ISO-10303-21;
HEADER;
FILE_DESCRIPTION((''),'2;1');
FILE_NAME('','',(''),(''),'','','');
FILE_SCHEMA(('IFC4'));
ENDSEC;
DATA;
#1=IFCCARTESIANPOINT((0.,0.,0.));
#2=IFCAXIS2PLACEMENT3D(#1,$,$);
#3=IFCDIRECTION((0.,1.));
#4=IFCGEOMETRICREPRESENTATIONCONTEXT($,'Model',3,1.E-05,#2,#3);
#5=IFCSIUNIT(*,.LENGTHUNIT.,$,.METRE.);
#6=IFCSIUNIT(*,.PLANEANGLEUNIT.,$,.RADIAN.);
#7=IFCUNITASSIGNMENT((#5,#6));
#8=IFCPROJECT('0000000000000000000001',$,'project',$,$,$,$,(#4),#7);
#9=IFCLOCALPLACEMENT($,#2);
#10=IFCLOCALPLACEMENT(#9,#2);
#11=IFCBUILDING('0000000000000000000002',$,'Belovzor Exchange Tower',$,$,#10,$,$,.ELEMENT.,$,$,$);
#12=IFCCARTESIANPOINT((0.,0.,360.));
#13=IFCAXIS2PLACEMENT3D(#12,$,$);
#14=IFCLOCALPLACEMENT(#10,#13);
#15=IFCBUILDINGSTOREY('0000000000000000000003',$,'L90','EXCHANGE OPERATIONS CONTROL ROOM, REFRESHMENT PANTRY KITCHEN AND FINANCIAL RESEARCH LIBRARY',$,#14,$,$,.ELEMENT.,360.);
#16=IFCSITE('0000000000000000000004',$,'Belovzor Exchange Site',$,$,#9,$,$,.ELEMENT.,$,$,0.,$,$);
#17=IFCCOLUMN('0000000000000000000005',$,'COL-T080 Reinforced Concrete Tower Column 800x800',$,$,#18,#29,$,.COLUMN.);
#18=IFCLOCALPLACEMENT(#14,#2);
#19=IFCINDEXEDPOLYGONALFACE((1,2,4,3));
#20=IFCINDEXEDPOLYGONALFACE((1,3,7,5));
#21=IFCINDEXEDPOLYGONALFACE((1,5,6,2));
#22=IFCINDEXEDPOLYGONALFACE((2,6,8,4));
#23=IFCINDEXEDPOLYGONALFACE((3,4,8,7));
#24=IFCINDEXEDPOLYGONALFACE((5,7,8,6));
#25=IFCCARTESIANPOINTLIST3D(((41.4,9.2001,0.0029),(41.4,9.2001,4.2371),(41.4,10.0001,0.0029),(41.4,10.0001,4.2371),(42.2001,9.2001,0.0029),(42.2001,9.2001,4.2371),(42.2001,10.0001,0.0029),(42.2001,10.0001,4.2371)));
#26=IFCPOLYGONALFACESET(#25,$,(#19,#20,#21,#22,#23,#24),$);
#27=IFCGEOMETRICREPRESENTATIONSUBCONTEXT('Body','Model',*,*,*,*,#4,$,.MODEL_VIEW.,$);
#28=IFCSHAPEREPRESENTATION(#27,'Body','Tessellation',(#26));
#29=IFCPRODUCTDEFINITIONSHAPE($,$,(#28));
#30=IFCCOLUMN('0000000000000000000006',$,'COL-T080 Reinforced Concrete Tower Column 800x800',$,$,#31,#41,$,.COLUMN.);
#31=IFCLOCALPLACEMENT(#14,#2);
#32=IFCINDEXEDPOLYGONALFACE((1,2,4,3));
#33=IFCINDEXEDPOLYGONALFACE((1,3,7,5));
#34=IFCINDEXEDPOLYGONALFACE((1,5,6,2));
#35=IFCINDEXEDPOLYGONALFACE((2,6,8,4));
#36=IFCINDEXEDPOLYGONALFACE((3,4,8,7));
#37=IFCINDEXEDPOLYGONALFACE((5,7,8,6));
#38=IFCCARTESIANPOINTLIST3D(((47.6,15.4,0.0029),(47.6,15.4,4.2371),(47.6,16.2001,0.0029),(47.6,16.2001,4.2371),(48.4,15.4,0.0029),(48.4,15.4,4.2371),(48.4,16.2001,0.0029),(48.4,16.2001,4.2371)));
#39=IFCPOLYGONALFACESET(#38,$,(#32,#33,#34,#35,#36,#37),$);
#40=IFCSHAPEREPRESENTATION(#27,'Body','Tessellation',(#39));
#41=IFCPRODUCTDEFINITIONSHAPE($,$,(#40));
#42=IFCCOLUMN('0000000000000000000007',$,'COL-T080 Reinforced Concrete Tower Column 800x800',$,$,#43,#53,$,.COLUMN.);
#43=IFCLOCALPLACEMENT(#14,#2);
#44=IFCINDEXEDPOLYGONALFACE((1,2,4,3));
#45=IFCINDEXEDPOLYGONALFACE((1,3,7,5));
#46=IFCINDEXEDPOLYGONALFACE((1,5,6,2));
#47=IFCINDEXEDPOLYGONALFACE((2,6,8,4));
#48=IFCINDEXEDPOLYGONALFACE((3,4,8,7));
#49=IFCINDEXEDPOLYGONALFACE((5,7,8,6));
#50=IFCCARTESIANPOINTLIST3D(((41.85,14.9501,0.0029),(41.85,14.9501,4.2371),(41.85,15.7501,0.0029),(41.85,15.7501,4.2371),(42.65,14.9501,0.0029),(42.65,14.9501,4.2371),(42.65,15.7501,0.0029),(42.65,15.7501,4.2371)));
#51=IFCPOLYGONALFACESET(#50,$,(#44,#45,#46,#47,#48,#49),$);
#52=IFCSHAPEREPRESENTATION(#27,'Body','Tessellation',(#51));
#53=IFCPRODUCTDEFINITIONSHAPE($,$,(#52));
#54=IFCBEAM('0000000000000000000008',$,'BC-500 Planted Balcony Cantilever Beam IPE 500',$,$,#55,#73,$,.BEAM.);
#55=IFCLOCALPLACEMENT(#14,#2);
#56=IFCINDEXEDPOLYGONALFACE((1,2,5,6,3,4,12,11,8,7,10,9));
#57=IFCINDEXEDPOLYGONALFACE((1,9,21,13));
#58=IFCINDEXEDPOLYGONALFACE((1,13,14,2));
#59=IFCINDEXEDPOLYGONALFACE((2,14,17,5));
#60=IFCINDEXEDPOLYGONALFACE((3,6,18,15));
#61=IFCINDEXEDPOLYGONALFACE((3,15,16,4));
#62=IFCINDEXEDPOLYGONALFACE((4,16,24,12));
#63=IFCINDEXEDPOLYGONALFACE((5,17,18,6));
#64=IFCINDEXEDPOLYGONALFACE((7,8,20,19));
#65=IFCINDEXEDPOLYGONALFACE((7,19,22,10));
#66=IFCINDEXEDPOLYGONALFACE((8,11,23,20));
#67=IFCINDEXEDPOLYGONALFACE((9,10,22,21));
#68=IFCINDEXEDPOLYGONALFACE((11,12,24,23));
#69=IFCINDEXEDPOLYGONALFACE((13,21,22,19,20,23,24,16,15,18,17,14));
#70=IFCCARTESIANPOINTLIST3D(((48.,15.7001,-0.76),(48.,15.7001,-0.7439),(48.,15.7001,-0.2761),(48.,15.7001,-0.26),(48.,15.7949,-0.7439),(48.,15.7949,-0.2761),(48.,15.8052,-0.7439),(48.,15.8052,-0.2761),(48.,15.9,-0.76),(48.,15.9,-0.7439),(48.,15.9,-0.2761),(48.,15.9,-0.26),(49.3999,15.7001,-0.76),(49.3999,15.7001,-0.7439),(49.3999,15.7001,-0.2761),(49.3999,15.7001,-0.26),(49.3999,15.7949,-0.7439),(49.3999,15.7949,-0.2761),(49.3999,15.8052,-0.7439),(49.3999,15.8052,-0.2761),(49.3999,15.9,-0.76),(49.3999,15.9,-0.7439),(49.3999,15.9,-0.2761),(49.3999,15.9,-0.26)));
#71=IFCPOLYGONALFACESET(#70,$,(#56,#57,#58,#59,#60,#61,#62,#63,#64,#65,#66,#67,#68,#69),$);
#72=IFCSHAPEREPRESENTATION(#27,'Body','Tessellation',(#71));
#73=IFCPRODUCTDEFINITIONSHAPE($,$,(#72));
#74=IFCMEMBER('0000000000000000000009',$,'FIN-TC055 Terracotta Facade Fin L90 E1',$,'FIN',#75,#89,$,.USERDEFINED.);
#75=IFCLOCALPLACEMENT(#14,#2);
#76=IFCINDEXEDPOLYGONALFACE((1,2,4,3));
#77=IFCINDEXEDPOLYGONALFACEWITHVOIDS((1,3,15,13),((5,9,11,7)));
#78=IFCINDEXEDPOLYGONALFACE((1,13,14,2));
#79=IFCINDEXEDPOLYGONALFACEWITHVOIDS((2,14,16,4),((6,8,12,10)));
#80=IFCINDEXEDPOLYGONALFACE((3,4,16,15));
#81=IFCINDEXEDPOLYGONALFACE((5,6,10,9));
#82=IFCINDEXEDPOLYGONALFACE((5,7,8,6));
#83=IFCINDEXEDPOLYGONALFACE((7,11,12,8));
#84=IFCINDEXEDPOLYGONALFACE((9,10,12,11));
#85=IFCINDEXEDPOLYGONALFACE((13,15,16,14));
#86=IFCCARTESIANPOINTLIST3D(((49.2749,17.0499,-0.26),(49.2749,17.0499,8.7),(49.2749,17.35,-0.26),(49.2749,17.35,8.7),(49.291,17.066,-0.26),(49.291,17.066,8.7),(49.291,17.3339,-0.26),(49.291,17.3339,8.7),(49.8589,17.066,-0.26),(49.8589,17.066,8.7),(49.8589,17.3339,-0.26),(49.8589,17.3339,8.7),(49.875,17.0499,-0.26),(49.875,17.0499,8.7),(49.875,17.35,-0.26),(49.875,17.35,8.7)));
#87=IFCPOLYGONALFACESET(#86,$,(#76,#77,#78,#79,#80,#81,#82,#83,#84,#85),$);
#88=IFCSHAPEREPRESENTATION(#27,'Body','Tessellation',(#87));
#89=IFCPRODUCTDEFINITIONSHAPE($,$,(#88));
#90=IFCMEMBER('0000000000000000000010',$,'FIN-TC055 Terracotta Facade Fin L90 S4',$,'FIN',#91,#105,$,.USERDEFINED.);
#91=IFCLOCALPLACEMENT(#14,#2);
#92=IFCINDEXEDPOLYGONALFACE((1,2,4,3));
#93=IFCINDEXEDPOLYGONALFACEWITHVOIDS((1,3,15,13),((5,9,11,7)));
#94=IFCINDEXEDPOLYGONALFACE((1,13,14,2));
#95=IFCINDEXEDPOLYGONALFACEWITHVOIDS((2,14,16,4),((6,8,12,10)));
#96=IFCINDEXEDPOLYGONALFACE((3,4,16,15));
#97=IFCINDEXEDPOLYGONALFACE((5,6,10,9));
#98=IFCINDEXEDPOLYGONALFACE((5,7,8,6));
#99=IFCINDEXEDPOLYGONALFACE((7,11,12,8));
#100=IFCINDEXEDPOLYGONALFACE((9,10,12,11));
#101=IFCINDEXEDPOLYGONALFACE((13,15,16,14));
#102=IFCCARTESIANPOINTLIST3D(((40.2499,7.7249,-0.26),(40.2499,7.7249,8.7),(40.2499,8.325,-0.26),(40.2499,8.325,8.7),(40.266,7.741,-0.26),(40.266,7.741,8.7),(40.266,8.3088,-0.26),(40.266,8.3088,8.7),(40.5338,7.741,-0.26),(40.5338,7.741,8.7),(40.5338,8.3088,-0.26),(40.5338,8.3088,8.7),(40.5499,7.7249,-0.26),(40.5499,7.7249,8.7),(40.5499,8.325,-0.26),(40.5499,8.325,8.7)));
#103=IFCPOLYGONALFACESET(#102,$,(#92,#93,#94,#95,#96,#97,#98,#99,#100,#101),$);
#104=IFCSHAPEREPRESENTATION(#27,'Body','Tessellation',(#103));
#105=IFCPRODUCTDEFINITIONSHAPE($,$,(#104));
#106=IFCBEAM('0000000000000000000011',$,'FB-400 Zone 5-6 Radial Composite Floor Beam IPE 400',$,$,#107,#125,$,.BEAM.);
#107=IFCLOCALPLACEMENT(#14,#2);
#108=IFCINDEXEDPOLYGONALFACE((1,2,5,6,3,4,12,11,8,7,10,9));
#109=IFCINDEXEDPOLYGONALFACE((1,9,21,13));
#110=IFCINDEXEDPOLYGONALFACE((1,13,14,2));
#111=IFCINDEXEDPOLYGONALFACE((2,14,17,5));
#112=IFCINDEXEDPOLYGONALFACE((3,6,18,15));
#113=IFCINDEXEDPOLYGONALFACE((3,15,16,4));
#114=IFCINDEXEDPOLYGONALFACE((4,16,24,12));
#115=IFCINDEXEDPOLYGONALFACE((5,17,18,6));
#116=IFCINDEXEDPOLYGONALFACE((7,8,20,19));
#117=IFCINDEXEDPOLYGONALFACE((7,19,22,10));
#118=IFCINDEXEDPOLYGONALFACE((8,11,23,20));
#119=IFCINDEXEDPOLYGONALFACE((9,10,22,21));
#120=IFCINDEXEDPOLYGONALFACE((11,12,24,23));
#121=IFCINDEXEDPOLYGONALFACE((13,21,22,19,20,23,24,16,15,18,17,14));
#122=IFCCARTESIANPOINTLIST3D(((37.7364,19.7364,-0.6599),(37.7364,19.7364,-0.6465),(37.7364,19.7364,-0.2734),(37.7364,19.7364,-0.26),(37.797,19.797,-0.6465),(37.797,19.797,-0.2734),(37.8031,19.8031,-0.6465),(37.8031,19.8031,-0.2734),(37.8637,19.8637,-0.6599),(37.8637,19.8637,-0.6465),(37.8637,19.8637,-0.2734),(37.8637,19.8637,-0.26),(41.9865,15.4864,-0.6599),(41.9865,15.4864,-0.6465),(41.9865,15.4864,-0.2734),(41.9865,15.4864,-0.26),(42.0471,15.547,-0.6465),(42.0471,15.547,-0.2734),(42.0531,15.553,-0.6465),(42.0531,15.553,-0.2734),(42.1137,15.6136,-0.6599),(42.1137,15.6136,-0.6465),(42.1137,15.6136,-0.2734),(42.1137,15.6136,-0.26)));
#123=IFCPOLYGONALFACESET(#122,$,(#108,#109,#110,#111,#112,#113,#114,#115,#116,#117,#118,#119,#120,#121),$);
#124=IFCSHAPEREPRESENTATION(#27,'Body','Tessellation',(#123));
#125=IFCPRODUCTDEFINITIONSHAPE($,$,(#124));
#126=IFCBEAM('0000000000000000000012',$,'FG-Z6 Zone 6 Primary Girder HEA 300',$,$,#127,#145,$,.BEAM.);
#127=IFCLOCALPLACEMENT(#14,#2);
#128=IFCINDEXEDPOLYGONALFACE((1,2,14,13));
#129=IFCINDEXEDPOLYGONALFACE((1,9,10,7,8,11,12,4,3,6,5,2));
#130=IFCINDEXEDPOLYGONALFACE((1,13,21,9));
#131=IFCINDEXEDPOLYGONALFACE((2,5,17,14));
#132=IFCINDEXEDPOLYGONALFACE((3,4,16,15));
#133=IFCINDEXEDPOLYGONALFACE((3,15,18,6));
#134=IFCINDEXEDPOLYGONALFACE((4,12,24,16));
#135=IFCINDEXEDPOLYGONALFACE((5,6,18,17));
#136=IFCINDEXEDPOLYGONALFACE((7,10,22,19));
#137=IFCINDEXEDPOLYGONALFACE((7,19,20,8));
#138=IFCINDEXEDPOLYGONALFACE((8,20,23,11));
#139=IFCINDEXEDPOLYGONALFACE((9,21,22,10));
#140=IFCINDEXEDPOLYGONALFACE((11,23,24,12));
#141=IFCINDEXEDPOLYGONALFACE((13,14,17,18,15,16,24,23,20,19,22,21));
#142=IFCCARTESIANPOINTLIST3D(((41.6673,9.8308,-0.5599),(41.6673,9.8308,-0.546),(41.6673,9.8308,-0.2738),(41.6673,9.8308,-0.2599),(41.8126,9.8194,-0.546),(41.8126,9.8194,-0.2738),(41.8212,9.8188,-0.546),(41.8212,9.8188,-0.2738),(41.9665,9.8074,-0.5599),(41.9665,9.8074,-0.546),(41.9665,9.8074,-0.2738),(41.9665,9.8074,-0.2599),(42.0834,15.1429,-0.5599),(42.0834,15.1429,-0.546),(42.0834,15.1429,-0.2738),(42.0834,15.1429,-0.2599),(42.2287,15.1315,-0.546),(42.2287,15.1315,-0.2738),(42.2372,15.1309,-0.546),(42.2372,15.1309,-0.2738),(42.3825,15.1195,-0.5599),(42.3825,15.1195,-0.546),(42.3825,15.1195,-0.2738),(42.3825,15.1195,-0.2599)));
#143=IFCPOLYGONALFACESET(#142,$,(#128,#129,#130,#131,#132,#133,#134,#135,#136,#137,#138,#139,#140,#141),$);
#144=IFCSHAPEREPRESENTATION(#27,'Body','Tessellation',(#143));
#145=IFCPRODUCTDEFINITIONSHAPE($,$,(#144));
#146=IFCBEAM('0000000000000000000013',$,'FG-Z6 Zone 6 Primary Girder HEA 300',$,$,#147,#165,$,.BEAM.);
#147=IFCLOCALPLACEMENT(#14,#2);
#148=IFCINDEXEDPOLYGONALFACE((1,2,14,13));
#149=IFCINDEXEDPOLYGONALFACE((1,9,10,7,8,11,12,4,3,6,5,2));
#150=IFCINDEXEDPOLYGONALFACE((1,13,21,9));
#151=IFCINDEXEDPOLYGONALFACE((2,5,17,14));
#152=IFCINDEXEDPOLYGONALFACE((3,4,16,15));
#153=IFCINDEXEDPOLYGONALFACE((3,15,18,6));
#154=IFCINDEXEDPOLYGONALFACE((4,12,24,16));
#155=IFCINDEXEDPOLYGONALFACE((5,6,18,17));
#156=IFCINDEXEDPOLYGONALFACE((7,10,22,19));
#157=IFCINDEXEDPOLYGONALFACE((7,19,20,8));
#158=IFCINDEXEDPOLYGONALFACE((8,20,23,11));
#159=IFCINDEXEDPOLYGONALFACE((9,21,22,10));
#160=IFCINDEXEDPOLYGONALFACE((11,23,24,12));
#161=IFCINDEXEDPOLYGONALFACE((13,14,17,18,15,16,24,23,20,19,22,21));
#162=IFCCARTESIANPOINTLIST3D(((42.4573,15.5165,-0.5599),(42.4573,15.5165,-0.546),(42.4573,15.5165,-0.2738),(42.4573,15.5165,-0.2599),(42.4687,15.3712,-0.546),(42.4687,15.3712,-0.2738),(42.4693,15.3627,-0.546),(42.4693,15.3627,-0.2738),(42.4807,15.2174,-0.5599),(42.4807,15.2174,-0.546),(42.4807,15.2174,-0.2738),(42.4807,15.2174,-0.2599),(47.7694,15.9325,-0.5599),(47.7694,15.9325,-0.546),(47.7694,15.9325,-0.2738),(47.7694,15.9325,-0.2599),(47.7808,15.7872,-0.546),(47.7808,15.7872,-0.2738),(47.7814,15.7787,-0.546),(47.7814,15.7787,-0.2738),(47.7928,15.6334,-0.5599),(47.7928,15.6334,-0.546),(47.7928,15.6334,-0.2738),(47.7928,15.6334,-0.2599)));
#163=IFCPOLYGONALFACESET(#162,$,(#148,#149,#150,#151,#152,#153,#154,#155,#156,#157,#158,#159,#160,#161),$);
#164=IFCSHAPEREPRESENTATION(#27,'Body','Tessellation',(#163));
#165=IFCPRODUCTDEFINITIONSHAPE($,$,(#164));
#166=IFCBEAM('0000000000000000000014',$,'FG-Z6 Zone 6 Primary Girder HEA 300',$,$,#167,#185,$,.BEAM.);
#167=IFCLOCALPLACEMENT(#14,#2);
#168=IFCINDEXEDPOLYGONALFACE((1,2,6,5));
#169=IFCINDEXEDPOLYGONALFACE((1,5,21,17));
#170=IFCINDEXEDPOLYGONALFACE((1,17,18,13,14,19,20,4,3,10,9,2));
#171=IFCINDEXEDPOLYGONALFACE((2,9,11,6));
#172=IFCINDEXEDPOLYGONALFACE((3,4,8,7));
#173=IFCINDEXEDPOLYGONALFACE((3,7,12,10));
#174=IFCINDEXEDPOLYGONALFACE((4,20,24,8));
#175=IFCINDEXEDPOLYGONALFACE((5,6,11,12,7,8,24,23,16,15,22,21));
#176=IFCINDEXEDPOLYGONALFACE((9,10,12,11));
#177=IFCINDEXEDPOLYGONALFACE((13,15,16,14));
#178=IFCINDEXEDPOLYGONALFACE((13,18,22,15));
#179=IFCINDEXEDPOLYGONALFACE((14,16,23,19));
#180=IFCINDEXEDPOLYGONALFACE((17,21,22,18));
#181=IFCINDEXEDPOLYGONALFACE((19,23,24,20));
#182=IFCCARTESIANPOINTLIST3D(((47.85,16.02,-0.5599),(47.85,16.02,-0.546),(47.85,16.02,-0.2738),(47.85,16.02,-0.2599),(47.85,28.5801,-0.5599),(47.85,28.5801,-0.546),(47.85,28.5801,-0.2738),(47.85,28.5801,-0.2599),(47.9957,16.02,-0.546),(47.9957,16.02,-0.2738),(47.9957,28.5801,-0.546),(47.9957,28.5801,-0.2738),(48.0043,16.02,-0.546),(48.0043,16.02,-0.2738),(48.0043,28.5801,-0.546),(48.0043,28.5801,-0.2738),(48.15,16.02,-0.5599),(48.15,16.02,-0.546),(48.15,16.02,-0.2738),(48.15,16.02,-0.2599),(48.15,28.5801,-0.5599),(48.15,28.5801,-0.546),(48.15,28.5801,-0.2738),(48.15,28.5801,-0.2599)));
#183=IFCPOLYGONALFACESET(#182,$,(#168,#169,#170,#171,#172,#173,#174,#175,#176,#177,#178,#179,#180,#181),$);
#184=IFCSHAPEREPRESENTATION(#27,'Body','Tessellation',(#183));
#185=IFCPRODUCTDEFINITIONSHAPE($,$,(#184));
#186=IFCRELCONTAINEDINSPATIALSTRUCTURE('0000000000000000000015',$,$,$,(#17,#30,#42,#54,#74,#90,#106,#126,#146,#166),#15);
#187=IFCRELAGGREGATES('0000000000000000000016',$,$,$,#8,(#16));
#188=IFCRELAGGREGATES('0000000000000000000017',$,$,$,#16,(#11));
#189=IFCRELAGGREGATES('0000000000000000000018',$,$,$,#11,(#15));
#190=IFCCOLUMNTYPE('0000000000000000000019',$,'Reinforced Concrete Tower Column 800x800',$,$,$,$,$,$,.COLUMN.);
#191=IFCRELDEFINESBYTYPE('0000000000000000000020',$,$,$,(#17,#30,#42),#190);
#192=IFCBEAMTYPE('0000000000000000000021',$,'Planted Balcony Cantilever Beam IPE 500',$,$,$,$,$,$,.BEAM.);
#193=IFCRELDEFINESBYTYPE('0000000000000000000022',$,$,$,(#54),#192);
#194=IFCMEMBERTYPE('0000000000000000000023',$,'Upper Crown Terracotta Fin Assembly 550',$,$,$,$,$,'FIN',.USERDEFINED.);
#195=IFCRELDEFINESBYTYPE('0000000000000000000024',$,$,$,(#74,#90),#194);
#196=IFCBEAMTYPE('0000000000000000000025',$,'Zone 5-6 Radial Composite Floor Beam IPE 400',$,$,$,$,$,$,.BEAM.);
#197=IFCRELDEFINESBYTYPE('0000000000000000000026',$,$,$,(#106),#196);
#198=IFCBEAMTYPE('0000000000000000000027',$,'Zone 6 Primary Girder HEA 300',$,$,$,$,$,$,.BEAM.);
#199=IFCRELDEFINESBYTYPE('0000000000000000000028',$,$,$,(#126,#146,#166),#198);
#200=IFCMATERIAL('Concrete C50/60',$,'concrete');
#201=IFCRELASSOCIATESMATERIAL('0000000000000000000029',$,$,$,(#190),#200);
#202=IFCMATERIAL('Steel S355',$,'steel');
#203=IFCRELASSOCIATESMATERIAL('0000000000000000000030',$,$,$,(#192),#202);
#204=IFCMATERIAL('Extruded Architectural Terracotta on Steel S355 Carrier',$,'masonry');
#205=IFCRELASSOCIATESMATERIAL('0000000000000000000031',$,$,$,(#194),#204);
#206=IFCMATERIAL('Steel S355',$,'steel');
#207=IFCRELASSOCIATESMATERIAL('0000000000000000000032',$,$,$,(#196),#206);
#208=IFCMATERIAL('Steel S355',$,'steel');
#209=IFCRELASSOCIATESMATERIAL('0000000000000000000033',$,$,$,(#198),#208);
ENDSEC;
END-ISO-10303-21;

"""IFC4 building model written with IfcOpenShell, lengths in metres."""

from ifc_helpers import new_model, si_unit, direction, frame, origin, origin_2d, place, context, subcontext, project, spatial, rectangle, hollow_rectangle, i_section, extrude, material, material_profile, profile_set, type_object, element, save


model = new_model("IFC4")

# Units and contexts
model_context = context("Model", 3, precision=1e-05, world=origin(), true_north=direction((0.0, 1.0)))
body_context = subcontext(model_context, "Body", "Model", "MODEL_VIEW")
ifc_project = project(units=[si_unit("LENGTHUNIT", "METRE"), si_unit("PLANEANGLEUNIT", "RADIAN")], contexts=[model_context])

# Site, building, storey
site_placement = place(None, origin())
site = spatial("IfcSite", under=ifc_project, at=site_placement, Name="Belovzor Exchange Site", CompositionType="ELEMENT", RefElevation=0.0)
building_placement = place(site_placement, origin())
building = spatial("IfcBuilding", under=site, at=building_placement, Name="Belovzor Exchange Tower", CompositionType="ELEMENT")
storey_placement = place(building_placement, frame((0.0, 0.0, 360.0)))
storey = spatial("IfcBuildingStorey", under=building, at=storey_placement, Name="L90", Description="EXCHANGE OPERATIONS CONTROL ROOM, REFRESHMENT PANTRY KITCHEN AND FINANCIAL RESEARCH LIBRARY", CompositionType="ELEMENT", Elevation=360.0)

# Columns
ifc_material_1 = material(Name="Concrete C50/60", Category="concrete")
ifc_material_profile_1 = material_profile(ifc_material_1, rectangle(XDim=0.8, YDim=0.8, at=origin_2d()))
ifc_profile_set_1 = profile_set([ifc_material_profile_1], Name="Concrete C50/60")
column_type = type_object("IfcColumnType", Name="Reinforced Concrete Tower Column 800x800", PredefinedType="COLUMN", material=ifc_profile_set_1)
for number, where, z_axis, x_axis, name in (
    (1, (41.8, 9.6001, 0.0029), (0.0, 0.0, 1.0), (1.0, 0.0, 0.0), "COL-T080 Reinforced Concrete Tower Column 800x800"),
    (2, (48.0, 15.8, 0.0029), (0.0, 0.0, 1.0), (1.0, 0.0, 0.0), "COL-T080 Reinforced Concrete Tower Column 800x800"),
    (3, (42.25, 15.3501, 0.0029), (0.0, 0.0, 1.0), (1.0, 0.0, 0.0), "COL-T080 Reinforced Concrete Tower Column 800x800"),
):
    element("IfcColumn", number, at=place(storey_placement, frame(where, z_axis=z_axis, x_axis=x_axis)), inside=storey, type_object=column_type, Name=name, PredefinedType="COLUMN", context=body_context, shape_type="SweptSolid", body=[
        extrude(rectangle(XDim=0.8, YDim=0.8, at=origin_2d()), origin(), (0.0, 0.0, 1.0), 4.2341),
    ])

# Beam
ifc_material_2 = material(Name="Steel S355", Category="steel")
ifc_material_profile_2 = material_profile(ifc_material_2, i_section(OverallWidth=0.2, OverallDepth=0.5, WebThickness=0.0103, FlangeThickness=0.0161, at=origin_2d()))
ifc_profile_set_2 = profile_set([ifc_material_profile_2], Name="Steel S355")
beam_type_1 = type_object("IfcBeamType", Name="Planted Balcony Cantilever Beam IPE 500", PredefinedType="BEAM", material=ifc_profile_set_2)
beam_1_placement = place(storey_placement, frame((48.0, 15.8, -0.51), z_axis=(1.0, 0.0, 0.0), x_axis=(0.0, 1.0, 0.0)))
element("IfcBeam", 4, at=beam_1_placement, inside=storey, type_object=beam_type_1, Name="BC-500 Planted Balcony Cantilever Beam IPE 500", PredefinedType="BEAM", context=body_context, shape_type="SweptSolid", body=[
    extrude(i_section(OverallWidth=0.2, OverallDepth=0.5, WebThickness=0.0103, FlangeThickness=0.0161, at=origin_2d()), origin(), (0.0, 0.0, 1.0), 1.3999),
])

# Members
ifc_material_3 = material(Name="Extruded Architectural Terracotta on Steel S355 Carrier", Category="masonry")
ifc_material_profile_3 = material_profile(ifc_material_3, hollow_rectangle(XDim=0.3, YDim=0.6001, WallThickness=0.0161, at=origin_2d()))
ifc_profile_set_3 = profile_set([ifc_material_profile_3], Name="Extruded Architectural Terracotta on Steel S355 Carrier")
member_type = type_object("IfcMemberType", Name="Upper Crown Terracotta Fin Assembly 550", ElementType="FIN", PredefinedType="USERDEFINED", material=ifc_profile_set_3)
for number, where, z_axis, x_axis, name in (
    (5, (49.575, 17.2, -0.26), (0.0, 0.0, 1.0), (0.0, 1.0, 0.0), "FIN-TC055 Terracotta Facade Fin L90 E1"),
    (6, (40.3999, 8.0249, -0.26), (0.0, 0.0, 1.0), (1.0, 0.0, 0.0), "FIN-TC055 Terracotta Facade Fin L90 S4"),
):
    element("IfcMember", number, at=place(storey_placement, frame(where, z_axis=z_axis, x_axis=x_axis)), inside=storey, type_object=member_type, Name=name, ObjectType="FIN", PredefinedType="USERDEFINED", context=body_context, shape_type="SweptSolid", body=[
        extrude(hollow_rectangle(XDim=0.3, YDim=0.6001, WallThickness=0.0161, at=origin_2d()), origin(), (0.0, 0.0, 1.0), 8.96),
    ])

# Beams
ifc_material_4 = material(Name="Steel S355", Category="steel")
ifc_material_profile_4 = material_profile(ifc_material_4, i_section(OverallWidth=0.1799, OverallDepth=0.3999, WebThickness=0.0085, FlangeThickness=0.0134, at=origin_2d()))
ifc_profile_set_4 = profile_set([ifc_material_profile_4], Name="Steel S355")
beam_type_2 = type_object("IfcBeamType", Name="Zone 5-6 Radial Composite Floor Beam IPE 400", PredefinedType="BEAM", material=ifc_profile_set_4)
beam_2_placement = place(storey_placement, frame((37.8, 19.8, -0.46), z_axis=(0.707107, -0.707107, 0.0), x_axis=(0.707107, 0.707107, 0.0)))
element("IfcBeam", 7, at=beam_2_placement, inside=storey, type_object=beam_type_2, Name="FB-400 Zone 5-6 Radial Composite Floor Beam IPE 400", PredefinedType="BEAM", context=body_context, shape_type="SweptSolid", body=[
    extrude(i_section(OverallWidth=0.1799, OverallDepth=0.3999, WebThickness=0.0085, FlangeThickness=0.0134, at=origin_2d()), origin(), (0.0, 0.0, 1.0), 6.0105),
])
ifc_material_5 = material(Name="Steel S355", Category="steel")
ifc_material_profile_5 = material_profile(ifc_material_5, i_section(OverallWidth=0.3, OverallDepth=0.3, WebThickness=0.0085, FlangeThickness=0.0139, at=origin_2d()))
ifc_profile_set_5 = profile_set([ifc_material_profile_5], Name="Steel S355")
beam_type_3 = type_object("IfcBeamType", Name="Zone 6 Primary Girder HEA 300", PredefinedType="BEAM", material=ifc_profile_set_5)
for number, where, z_axis, x_axis, name in (
    (8, (41.8169, 9.8191, -0.4099), (0.078077, 0.996947, 0.0), (-0.996947, 0.078077, 0.0), "FG-Z6 Zone 6 Primary Girder HEA 300"),
    (9, (42.469, 15.3669, -0.4099), (0.996947, 0.078077, 0.0), (-0.078077, 0.996947, 0.0), "FG-Z6 Zone 6 Primary Girder HEA 300"),
):
    element("IfcBeam", number, at=place(storey_placement, frame(where, z_axis=z_axis, x_axis=x_axis)), inside=storey, type_object=beam_type_3, Name=name, PredefinedType="BEAM", context=body_context, shape_type="SweptSolid", body=[
        extrude(i_section(OverallWidth=0.3, OverallDepth=0.3, WebThickness=0.0085, FlangeThickness=0.0139, at=origin_2d()), origin(), (0.0, 0.0, 1.0), 5.3284),
    ])
beam_3_placement = place(storey_placement, frame((48.0, 16.02, -0.4099), z_axis=(0.0, 1.0, 0.0), x_axis=(-1.0, 0.0, 0.0)))
element("IfcBeam", 10, at=beam_3_placement, inside=storey, type_object=beam_type_3, Name="FG-Z6 Zone 6 Primary Girder HEA 300", PredefinedType="BEAM", context=body_context, shape_type="SweptSolid", body=[
    extrude(i_section(OverallWidth=0.3, OverallDepth=0.3, WebThickness=0.0085, FlangeThickness=0.0139, at=origin_2d()), origin(), (0.0, 0.0, 1.0), 12.5601),
])

save(model, "model.ifc")
